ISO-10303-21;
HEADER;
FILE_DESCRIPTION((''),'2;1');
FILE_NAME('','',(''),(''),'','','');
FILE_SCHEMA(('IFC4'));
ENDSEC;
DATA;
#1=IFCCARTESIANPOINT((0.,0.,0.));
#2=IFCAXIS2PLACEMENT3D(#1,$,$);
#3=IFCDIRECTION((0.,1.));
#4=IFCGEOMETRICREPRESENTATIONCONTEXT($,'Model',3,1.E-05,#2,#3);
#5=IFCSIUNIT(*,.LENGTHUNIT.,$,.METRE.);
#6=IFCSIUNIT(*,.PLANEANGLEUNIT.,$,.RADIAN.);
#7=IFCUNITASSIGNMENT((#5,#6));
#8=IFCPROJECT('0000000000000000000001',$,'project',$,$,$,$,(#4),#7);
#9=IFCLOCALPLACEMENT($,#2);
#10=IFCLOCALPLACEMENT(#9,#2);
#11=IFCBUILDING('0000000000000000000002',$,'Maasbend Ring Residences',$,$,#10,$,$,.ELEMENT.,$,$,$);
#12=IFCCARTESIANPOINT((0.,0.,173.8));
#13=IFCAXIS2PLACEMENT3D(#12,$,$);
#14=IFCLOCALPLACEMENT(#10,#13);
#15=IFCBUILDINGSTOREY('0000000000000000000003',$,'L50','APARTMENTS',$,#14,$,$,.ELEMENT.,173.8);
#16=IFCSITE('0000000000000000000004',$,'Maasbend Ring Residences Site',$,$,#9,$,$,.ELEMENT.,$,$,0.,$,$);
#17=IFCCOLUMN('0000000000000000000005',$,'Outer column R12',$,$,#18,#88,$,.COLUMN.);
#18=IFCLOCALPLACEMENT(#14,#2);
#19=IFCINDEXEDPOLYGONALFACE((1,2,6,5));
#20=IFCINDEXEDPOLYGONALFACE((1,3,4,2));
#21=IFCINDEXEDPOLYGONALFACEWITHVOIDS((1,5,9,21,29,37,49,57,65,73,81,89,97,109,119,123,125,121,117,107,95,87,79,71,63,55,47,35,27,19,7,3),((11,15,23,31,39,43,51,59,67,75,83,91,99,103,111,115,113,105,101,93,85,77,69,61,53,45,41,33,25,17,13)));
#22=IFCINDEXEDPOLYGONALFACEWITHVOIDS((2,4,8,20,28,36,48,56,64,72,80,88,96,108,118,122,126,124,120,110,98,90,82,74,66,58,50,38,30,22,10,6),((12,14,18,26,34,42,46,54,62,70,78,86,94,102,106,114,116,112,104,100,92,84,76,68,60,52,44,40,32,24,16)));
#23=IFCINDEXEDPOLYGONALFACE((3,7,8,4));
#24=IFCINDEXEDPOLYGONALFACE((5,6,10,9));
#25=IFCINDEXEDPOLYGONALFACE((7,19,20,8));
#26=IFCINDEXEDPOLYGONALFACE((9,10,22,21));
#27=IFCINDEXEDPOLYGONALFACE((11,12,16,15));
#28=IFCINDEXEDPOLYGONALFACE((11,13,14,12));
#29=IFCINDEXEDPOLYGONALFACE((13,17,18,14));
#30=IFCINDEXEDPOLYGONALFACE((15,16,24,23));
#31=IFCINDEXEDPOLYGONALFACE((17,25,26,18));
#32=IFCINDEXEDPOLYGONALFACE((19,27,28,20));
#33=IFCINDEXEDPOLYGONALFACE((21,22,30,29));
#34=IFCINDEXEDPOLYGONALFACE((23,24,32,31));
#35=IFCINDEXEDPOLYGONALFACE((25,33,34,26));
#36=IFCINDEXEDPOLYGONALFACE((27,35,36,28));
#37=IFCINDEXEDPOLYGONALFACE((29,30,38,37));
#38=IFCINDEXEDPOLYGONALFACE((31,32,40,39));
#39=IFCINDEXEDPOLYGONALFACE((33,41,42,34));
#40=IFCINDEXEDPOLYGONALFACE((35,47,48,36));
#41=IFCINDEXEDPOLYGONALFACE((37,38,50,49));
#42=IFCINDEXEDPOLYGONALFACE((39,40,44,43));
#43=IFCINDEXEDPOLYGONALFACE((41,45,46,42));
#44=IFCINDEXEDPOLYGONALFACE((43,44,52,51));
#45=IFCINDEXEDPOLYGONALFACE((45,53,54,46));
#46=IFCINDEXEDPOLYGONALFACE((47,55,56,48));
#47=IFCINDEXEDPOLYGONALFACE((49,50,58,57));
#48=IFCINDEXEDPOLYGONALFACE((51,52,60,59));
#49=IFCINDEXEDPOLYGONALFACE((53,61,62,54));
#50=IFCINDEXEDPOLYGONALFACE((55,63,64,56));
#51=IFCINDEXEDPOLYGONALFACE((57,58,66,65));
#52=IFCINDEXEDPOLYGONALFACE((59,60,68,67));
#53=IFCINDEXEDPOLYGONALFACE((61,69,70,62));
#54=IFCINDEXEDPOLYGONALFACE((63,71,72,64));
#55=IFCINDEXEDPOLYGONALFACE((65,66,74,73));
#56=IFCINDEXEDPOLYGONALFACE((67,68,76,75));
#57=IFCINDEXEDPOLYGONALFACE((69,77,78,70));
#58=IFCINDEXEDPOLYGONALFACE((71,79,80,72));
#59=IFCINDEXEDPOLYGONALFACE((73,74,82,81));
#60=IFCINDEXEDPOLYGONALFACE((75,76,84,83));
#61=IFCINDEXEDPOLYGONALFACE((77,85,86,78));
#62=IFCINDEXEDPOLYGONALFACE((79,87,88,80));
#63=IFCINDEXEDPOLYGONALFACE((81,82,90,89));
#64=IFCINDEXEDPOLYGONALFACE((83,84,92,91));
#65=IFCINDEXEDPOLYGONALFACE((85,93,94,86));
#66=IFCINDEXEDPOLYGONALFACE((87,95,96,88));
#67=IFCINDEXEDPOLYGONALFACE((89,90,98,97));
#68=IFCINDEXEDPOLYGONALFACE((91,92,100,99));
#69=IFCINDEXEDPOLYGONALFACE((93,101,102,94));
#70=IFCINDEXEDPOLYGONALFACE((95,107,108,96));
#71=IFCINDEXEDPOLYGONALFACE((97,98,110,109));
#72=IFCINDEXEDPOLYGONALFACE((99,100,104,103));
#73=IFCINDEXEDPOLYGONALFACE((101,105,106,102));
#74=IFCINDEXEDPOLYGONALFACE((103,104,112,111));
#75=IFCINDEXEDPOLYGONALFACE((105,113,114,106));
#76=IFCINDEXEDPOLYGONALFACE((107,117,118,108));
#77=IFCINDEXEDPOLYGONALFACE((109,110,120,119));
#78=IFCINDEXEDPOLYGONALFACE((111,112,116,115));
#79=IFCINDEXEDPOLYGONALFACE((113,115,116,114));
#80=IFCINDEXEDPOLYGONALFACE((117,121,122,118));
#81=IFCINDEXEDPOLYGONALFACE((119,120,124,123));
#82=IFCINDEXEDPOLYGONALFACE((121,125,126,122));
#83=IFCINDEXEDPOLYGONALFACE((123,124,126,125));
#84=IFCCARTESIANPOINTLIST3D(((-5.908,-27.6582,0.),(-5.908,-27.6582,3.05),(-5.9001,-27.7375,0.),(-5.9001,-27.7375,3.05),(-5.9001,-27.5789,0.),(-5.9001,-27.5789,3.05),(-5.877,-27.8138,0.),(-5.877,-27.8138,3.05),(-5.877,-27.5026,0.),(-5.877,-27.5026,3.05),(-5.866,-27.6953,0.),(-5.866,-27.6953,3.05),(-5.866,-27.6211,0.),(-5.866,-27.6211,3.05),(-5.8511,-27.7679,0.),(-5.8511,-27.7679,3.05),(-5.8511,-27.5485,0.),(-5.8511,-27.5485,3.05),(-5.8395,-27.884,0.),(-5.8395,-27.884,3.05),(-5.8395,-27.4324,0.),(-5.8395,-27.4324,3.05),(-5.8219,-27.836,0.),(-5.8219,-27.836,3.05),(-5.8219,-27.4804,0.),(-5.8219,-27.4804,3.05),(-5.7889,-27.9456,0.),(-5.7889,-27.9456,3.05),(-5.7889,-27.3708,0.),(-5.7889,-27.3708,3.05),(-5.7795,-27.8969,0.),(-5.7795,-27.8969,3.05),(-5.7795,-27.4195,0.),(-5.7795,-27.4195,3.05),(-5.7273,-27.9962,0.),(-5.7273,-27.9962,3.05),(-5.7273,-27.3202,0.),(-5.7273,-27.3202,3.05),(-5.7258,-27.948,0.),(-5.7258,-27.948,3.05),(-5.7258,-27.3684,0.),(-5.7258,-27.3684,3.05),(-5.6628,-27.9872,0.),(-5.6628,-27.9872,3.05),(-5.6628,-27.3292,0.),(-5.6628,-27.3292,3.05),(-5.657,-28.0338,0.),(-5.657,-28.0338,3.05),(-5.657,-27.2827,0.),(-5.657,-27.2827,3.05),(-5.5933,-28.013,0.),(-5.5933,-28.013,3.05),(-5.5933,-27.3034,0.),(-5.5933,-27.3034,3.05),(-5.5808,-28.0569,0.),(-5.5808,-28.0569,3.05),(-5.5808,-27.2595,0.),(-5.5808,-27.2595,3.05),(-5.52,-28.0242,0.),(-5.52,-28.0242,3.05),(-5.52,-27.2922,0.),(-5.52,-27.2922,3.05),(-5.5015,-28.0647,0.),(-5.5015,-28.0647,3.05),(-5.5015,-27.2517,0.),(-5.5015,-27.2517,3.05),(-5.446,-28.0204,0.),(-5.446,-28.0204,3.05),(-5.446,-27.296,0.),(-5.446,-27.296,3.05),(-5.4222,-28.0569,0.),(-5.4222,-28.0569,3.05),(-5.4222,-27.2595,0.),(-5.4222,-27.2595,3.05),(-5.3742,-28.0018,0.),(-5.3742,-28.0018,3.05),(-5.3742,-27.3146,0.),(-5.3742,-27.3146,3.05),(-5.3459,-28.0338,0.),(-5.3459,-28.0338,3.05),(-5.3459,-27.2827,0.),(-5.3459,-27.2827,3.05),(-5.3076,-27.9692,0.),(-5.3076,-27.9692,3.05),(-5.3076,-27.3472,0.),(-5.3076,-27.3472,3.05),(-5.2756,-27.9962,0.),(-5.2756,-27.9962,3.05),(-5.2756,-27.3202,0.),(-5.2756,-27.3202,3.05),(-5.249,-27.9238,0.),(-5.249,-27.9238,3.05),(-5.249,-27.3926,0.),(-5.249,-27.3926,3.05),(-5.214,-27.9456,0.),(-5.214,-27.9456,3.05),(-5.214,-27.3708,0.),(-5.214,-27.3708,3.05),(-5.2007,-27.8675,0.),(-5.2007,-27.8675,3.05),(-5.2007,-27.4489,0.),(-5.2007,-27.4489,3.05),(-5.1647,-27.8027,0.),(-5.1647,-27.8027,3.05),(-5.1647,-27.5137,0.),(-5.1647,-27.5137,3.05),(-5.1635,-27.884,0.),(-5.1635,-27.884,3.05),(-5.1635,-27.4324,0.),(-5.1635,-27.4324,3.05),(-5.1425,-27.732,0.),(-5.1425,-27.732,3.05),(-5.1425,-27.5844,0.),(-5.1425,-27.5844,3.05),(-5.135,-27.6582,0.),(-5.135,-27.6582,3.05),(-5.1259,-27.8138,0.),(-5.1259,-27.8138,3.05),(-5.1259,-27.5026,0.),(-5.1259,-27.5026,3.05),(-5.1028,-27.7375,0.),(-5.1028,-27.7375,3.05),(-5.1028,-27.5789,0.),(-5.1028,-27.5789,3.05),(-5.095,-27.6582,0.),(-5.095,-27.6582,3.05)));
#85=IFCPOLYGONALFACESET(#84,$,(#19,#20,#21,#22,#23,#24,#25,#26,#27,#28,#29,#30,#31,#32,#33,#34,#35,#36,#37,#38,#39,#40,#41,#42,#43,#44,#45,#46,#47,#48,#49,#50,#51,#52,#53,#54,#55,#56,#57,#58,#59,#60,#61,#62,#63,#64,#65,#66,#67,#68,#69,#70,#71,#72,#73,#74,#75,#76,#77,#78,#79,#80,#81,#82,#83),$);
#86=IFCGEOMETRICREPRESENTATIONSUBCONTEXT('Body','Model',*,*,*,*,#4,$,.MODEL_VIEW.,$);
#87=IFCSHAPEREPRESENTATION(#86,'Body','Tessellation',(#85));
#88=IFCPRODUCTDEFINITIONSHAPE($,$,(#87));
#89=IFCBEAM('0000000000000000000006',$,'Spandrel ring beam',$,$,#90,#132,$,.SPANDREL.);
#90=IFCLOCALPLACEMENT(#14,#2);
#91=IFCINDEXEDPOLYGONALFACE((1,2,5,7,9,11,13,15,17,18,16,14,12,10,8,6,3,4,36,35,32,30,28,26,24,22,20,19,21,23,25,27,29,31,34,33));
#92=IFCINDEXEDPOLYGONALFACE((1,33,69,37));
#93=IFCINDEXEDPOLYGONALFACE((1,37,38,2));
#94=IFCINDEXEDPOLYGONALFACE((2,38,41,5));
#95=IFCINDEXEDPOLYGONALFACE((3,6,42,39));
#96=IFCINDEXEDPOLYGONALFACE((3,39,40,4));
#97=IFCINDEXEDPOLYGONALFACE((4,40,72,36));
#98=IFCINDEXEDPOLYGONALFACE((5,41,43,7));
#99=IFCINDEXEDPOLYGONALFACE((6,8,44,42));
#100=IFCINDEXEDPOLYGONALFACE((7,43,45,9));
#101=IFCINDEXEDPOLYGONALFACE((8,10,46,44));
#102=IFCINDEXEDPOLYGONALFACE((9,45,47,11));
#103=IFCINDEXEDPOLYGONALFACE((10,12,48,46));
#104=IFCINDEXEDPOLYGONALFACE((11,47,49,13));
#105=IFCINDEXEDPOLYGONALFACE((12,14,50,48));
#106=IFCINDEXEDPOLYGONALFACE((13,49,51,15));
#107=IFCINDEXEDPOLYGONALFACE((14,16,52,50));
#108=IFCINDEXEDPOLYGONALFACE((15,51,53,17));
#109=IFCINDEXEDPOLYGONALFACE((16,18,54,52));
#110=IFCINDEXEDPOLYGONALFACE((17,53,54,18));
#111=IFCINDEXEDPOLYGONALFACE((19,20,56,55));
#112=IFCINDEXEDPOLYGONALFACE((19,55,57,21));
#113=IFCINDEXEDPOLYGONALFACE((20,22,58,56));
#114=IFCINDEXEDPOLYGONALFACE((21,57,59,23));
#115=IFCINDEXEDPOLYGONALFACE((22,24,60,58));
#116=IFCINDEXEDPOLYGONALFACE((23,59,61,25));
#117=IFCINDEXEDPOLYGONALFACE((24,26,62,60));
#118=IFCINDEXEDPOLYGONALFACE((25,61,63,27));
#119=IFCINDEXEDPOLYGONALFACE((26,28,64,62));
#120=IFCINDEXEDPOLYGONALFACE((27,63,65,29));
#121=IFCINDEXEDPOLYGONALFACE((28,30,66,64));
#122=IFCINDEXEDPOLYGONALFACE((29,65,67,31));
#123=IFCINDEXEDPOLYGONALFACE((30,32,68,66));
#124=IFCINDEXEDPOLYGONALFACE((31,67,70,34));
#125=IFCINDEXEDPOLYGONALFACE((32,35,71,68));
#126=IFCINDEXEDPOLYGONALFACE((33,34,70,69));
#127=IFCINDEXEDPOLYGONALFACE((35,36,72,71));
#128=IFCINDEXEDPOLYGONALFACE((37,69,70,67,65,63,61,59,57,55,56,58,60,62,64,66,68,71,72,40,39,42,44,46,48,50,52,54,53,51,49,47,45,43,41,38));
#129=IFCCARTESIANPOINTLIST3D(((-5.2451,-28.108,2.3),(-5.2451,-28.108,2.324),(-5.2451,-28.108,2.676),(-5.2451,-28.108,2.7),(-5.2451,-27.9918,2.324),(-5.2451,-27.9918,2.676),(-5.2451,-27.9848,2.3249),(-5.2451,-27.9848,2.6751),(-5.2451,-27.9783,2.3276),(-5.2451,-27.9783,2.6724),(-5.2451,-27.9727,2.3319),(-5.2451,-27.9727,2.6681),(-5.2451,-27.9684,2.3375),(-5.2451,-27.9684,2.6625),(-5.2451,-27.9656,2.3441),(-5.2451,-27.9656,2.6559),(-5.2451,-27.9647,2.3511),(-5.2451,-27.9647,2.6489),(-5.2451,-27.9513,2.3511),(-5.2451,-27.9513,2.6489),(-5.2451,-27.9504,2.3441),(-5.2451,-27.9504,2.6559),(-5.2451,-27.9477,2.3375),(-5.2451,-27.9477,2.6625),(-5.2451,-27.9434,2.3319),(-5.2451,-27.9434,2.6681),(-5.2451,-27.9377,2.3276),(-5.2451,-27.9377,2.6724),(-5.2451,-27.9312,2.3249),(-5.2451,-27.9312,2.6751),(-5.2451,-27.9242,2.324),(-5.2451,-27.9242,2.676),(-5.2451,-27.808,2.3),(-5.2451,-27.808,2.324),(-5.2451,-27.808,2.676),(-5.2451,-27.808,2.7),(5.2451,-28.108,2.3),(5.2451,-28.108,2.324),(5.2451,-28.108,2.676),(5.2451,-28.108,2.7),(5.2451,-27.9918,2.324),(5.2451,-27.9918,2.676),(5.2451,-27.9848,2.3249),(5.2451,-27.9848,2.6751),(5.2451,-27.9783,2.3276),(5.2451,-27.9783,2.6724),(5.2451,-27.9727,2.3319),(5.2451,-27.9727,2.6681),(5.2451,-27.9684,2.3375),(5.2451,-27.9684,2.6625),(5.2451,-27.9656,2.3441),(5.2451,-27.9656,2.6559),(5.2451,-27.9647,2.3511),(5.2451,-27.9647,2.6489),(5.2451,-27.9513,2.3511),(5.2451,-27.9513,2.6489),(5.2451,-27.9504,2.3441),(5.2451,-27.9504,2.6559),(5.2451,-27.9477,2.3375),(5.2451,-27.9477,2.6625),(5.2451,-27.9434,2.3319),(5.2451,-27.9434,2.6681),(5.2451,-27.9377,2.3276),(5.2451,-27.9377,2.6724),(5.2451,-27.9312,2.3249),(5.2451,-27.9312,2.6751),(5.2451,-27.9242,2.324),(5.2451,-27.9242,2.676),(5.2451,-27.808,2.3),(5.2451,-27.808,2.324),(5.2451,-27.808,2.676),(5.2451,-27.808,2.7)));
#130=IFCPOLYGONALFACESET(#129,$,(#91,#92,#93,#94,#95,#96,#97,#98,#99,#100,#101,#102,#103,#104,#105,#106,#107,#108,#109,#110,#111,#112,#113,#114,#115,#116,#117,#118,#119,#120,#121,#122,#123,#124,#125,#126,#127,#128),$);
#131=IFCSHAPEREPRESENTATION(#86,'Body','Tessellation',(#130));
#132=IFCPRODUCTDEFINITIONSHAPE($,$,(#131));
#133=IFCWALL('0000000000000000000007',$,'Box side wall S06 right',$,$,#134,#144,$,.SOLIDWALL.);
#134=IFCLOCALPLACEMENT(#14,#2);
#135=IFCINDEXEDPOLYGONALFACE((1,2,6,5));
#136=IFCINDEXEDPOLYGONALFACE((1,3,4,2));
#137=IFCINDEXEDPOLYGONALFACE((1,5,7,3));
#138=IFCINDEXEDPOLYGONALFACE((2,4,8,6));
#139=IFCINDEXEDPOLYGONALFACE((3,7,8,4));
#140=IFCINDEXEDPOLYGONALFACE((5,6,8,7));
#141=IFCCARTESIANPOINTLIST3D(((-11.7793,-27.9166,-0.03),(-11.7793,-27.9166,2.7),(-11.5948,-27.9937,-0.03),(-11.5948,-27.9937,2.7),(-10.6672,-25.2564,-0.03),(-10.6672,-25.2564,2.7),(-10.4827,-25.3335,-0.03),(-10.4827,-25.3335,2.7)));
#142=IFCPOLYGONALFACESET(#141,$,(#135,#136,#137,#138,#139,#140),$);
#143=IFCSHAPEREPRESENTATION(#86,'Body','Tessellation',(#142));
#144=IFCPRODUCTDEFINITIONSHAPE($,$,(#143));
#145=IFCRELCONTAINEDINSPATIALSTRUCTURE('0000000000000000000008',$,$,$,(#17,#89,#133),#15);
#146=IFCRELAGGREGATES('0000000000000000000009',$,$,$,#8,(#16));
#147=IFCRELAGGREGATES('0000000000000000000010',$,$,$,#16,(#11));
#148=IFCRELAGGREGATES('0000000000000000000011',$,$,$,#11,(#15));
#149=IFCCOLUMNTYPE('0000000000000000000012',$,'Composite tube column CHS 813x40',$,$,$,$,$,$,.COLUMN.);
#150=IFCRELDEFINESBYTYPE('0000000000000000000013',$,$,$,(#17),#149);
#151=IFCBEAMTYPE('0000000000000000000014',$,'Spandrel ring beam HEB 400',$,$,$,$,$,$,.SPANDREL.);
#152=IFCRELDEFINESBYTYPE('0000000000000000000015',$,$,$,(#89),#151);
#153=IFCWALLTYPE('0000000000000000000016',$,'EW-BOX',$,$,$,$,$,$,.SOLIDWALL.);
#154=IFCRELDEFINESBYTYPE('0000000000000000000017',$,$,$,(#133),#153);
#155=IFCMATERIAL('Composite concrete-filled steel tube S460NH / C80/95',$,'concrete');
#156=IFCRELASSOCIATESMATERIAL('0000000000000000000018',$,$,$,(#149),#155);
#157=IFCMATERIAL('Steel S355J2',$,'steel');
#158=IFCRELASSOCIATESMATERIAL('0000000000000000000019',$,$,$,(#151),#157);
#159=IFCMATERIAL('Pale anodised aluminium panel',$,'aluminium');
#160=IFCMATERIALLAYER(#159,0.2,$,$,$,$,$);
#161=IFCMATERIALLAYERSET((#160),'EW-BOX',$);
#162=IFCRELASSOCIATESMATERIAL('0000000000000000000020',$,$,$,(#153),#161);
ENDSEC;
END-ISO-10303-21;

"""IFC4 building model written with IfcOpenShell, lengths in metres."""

from ifc_helpers import new_model, si_unit, direction, frame, frame_2d, origin, origin_2d, place, context, subcontext, project, spatial, rectangle, hollow_circle, i_section, extrude, material, layer, layer_set, material_profile, profile_set, type_object, element, save


model = new_model("IFC4")

# Units and contexts
model_context = context("Model", 3, precision=1e-05, world=origin(), true_north=direction((0.0, 1.0)))
body_context = subcontext(model_context, "Body", "Model", "MODEL_VIEW")
ifc_project = project(units=[si_unit("LENGTHUNIT", "METRE"), si_unit("PLANEANGLEUNIT", "RADIAN")], contexts=[model_context])

# Site, building, storey
site_placement = place(None, origin())
site = spatial("IfcSite", under=ifc_project, at=site_placement, Name="Maasbend Ring Residences Site", CompositionType="ELEMENT", RefElevation=0.0)
building_placement = place(site_placement, origin())
building = spatial("IfcBuilding", under=site, at=building_placement, Name="Maasbend Ring Residences", CompositionType="ELEMENT")
storey_placement = place(building_placement, frame((0.0, 0.0, 173.8)))
storey = spatial("IfcBuildingStorey", under=building, at=storey_placement, Name="L50", Description="APARTMENTS", CompositionType="ELEMENT", Elevation=173.8)

# Column
ifc_material_1 = material(Name="Composite concrete-filled steel tube S460NH / C80/95", Category="concrete")
ifc_material_profile_1 = material_profile(ifc_material_1, hollow_circle(Radius=0.4065, WallThickness=0.04, at=origin_2d()), Name="Composite tube column CHS 813x40")
ifc_profile_set_1 = profile_set([ifc_material_profile_1], Name="Composite concrete-filled steel tube S460NH / C80/95")
column_type = type_object("IfcColumnType", Name="Composite tube column CHS 813x40", PredefinedType="COLUMN", material=ifc_profile_set_1)
column_placement = place(storey_placement, frame((-5.5015, -27.6582, 0.0), z_axis=(0.0, 0.0, 1.0), x_axis=(1.0, 0.0, 0.0)))
element("IfcColumn", 1, at=column_placement, inside=storey, type_object=column_type, Name="Outer column R12", PredefinedType="COLUMN", context=body_context, shape_type="SweptSolid", body=[
    extrude(hollow_circle(Radius=0.4065, WallThickness=0.04, at=origin_2d()), origin(), (0.0, 0.0, 1.0), 3.05),
])

# Beam
ifc_material_2 = material(Name="Steel S355J2", Category="steel")
ifc_material_profile_2 = material_profile(ifc_material_2, i_section(OverallWidth=0.3, OverallDepth=0.3999, WebThickness=0.0134, FlangeThickness=0.0239, FilletRadius=0.0271, at=origin_2d()), Name="HEB 400")
ifc_profile_set_2 = profile_set([ifc_material_profile_2], Name="Steel S355J2")
beam_type = type_object("IfcBeamType", Name="Spandrel ring beam HEB 400", PredefinedType="SPANDREL", material=ifc_profile_set_2)
beam_placement = place(storey_placement, frame((-5.2451, -27.958, 2.5), z_axis=(1.0, 0.0, 0.0), x_axis=(0.0, 1.0, 0.0)))
element("IfcBeam", 2, at=beam_placement, inside=storey, type_object=beam_type, Name="Spandrel ring beam", PredefinedType="SPANDREL", context=body_context, shape_type="SweptSolid", body=[
    extrude(i_section(OverallWidth=0.3, OverallDepth=0.3999, WebThickness=0.0134, FlangeThickness=0.0239, FilletRadius=0.0271, at=origin_2d()), origin(), (0.0, 0.0, 1.0), 10.4902),
])

# Wall
ifc_material_3 = material(Name="Pale anodised aluminium panel", Category="aluminium")
ifc_layer_1 = layer(ifc_material_3, 0.2)
ifc_layer_set_1 = layer_set([ifc_layer_1], Name="EW-BOX")
wall_type_1 = type_object("IfcWallType", Name="EW-BOX", PredefinedType="SOLIDWALL", material=ifc_layer_set_1)
wall_1_placement = place(storey_placement, frame((-10.575, -25.2949, -0.03), z_axis=(0.0, 0.0, 1.0), x_axis=(-0.385697, -0.922625, 0.0)))
element("IfcWall", 3, at=wall_1_placement, inside=storey, type_object=wall_type_1, Name="Box side wall S06 right", PredefinedType="SOLIDWALL", context=body_context, shape_type="SweptSolid", body=[
    extrude(rectangle(XDim=2.8833, YDim=0.2, at=frame_2d((1.4417, 0.0))), origin(), (0.0, 0.0, 1.0), 2.73),
])

save(model, "model.ifc")
